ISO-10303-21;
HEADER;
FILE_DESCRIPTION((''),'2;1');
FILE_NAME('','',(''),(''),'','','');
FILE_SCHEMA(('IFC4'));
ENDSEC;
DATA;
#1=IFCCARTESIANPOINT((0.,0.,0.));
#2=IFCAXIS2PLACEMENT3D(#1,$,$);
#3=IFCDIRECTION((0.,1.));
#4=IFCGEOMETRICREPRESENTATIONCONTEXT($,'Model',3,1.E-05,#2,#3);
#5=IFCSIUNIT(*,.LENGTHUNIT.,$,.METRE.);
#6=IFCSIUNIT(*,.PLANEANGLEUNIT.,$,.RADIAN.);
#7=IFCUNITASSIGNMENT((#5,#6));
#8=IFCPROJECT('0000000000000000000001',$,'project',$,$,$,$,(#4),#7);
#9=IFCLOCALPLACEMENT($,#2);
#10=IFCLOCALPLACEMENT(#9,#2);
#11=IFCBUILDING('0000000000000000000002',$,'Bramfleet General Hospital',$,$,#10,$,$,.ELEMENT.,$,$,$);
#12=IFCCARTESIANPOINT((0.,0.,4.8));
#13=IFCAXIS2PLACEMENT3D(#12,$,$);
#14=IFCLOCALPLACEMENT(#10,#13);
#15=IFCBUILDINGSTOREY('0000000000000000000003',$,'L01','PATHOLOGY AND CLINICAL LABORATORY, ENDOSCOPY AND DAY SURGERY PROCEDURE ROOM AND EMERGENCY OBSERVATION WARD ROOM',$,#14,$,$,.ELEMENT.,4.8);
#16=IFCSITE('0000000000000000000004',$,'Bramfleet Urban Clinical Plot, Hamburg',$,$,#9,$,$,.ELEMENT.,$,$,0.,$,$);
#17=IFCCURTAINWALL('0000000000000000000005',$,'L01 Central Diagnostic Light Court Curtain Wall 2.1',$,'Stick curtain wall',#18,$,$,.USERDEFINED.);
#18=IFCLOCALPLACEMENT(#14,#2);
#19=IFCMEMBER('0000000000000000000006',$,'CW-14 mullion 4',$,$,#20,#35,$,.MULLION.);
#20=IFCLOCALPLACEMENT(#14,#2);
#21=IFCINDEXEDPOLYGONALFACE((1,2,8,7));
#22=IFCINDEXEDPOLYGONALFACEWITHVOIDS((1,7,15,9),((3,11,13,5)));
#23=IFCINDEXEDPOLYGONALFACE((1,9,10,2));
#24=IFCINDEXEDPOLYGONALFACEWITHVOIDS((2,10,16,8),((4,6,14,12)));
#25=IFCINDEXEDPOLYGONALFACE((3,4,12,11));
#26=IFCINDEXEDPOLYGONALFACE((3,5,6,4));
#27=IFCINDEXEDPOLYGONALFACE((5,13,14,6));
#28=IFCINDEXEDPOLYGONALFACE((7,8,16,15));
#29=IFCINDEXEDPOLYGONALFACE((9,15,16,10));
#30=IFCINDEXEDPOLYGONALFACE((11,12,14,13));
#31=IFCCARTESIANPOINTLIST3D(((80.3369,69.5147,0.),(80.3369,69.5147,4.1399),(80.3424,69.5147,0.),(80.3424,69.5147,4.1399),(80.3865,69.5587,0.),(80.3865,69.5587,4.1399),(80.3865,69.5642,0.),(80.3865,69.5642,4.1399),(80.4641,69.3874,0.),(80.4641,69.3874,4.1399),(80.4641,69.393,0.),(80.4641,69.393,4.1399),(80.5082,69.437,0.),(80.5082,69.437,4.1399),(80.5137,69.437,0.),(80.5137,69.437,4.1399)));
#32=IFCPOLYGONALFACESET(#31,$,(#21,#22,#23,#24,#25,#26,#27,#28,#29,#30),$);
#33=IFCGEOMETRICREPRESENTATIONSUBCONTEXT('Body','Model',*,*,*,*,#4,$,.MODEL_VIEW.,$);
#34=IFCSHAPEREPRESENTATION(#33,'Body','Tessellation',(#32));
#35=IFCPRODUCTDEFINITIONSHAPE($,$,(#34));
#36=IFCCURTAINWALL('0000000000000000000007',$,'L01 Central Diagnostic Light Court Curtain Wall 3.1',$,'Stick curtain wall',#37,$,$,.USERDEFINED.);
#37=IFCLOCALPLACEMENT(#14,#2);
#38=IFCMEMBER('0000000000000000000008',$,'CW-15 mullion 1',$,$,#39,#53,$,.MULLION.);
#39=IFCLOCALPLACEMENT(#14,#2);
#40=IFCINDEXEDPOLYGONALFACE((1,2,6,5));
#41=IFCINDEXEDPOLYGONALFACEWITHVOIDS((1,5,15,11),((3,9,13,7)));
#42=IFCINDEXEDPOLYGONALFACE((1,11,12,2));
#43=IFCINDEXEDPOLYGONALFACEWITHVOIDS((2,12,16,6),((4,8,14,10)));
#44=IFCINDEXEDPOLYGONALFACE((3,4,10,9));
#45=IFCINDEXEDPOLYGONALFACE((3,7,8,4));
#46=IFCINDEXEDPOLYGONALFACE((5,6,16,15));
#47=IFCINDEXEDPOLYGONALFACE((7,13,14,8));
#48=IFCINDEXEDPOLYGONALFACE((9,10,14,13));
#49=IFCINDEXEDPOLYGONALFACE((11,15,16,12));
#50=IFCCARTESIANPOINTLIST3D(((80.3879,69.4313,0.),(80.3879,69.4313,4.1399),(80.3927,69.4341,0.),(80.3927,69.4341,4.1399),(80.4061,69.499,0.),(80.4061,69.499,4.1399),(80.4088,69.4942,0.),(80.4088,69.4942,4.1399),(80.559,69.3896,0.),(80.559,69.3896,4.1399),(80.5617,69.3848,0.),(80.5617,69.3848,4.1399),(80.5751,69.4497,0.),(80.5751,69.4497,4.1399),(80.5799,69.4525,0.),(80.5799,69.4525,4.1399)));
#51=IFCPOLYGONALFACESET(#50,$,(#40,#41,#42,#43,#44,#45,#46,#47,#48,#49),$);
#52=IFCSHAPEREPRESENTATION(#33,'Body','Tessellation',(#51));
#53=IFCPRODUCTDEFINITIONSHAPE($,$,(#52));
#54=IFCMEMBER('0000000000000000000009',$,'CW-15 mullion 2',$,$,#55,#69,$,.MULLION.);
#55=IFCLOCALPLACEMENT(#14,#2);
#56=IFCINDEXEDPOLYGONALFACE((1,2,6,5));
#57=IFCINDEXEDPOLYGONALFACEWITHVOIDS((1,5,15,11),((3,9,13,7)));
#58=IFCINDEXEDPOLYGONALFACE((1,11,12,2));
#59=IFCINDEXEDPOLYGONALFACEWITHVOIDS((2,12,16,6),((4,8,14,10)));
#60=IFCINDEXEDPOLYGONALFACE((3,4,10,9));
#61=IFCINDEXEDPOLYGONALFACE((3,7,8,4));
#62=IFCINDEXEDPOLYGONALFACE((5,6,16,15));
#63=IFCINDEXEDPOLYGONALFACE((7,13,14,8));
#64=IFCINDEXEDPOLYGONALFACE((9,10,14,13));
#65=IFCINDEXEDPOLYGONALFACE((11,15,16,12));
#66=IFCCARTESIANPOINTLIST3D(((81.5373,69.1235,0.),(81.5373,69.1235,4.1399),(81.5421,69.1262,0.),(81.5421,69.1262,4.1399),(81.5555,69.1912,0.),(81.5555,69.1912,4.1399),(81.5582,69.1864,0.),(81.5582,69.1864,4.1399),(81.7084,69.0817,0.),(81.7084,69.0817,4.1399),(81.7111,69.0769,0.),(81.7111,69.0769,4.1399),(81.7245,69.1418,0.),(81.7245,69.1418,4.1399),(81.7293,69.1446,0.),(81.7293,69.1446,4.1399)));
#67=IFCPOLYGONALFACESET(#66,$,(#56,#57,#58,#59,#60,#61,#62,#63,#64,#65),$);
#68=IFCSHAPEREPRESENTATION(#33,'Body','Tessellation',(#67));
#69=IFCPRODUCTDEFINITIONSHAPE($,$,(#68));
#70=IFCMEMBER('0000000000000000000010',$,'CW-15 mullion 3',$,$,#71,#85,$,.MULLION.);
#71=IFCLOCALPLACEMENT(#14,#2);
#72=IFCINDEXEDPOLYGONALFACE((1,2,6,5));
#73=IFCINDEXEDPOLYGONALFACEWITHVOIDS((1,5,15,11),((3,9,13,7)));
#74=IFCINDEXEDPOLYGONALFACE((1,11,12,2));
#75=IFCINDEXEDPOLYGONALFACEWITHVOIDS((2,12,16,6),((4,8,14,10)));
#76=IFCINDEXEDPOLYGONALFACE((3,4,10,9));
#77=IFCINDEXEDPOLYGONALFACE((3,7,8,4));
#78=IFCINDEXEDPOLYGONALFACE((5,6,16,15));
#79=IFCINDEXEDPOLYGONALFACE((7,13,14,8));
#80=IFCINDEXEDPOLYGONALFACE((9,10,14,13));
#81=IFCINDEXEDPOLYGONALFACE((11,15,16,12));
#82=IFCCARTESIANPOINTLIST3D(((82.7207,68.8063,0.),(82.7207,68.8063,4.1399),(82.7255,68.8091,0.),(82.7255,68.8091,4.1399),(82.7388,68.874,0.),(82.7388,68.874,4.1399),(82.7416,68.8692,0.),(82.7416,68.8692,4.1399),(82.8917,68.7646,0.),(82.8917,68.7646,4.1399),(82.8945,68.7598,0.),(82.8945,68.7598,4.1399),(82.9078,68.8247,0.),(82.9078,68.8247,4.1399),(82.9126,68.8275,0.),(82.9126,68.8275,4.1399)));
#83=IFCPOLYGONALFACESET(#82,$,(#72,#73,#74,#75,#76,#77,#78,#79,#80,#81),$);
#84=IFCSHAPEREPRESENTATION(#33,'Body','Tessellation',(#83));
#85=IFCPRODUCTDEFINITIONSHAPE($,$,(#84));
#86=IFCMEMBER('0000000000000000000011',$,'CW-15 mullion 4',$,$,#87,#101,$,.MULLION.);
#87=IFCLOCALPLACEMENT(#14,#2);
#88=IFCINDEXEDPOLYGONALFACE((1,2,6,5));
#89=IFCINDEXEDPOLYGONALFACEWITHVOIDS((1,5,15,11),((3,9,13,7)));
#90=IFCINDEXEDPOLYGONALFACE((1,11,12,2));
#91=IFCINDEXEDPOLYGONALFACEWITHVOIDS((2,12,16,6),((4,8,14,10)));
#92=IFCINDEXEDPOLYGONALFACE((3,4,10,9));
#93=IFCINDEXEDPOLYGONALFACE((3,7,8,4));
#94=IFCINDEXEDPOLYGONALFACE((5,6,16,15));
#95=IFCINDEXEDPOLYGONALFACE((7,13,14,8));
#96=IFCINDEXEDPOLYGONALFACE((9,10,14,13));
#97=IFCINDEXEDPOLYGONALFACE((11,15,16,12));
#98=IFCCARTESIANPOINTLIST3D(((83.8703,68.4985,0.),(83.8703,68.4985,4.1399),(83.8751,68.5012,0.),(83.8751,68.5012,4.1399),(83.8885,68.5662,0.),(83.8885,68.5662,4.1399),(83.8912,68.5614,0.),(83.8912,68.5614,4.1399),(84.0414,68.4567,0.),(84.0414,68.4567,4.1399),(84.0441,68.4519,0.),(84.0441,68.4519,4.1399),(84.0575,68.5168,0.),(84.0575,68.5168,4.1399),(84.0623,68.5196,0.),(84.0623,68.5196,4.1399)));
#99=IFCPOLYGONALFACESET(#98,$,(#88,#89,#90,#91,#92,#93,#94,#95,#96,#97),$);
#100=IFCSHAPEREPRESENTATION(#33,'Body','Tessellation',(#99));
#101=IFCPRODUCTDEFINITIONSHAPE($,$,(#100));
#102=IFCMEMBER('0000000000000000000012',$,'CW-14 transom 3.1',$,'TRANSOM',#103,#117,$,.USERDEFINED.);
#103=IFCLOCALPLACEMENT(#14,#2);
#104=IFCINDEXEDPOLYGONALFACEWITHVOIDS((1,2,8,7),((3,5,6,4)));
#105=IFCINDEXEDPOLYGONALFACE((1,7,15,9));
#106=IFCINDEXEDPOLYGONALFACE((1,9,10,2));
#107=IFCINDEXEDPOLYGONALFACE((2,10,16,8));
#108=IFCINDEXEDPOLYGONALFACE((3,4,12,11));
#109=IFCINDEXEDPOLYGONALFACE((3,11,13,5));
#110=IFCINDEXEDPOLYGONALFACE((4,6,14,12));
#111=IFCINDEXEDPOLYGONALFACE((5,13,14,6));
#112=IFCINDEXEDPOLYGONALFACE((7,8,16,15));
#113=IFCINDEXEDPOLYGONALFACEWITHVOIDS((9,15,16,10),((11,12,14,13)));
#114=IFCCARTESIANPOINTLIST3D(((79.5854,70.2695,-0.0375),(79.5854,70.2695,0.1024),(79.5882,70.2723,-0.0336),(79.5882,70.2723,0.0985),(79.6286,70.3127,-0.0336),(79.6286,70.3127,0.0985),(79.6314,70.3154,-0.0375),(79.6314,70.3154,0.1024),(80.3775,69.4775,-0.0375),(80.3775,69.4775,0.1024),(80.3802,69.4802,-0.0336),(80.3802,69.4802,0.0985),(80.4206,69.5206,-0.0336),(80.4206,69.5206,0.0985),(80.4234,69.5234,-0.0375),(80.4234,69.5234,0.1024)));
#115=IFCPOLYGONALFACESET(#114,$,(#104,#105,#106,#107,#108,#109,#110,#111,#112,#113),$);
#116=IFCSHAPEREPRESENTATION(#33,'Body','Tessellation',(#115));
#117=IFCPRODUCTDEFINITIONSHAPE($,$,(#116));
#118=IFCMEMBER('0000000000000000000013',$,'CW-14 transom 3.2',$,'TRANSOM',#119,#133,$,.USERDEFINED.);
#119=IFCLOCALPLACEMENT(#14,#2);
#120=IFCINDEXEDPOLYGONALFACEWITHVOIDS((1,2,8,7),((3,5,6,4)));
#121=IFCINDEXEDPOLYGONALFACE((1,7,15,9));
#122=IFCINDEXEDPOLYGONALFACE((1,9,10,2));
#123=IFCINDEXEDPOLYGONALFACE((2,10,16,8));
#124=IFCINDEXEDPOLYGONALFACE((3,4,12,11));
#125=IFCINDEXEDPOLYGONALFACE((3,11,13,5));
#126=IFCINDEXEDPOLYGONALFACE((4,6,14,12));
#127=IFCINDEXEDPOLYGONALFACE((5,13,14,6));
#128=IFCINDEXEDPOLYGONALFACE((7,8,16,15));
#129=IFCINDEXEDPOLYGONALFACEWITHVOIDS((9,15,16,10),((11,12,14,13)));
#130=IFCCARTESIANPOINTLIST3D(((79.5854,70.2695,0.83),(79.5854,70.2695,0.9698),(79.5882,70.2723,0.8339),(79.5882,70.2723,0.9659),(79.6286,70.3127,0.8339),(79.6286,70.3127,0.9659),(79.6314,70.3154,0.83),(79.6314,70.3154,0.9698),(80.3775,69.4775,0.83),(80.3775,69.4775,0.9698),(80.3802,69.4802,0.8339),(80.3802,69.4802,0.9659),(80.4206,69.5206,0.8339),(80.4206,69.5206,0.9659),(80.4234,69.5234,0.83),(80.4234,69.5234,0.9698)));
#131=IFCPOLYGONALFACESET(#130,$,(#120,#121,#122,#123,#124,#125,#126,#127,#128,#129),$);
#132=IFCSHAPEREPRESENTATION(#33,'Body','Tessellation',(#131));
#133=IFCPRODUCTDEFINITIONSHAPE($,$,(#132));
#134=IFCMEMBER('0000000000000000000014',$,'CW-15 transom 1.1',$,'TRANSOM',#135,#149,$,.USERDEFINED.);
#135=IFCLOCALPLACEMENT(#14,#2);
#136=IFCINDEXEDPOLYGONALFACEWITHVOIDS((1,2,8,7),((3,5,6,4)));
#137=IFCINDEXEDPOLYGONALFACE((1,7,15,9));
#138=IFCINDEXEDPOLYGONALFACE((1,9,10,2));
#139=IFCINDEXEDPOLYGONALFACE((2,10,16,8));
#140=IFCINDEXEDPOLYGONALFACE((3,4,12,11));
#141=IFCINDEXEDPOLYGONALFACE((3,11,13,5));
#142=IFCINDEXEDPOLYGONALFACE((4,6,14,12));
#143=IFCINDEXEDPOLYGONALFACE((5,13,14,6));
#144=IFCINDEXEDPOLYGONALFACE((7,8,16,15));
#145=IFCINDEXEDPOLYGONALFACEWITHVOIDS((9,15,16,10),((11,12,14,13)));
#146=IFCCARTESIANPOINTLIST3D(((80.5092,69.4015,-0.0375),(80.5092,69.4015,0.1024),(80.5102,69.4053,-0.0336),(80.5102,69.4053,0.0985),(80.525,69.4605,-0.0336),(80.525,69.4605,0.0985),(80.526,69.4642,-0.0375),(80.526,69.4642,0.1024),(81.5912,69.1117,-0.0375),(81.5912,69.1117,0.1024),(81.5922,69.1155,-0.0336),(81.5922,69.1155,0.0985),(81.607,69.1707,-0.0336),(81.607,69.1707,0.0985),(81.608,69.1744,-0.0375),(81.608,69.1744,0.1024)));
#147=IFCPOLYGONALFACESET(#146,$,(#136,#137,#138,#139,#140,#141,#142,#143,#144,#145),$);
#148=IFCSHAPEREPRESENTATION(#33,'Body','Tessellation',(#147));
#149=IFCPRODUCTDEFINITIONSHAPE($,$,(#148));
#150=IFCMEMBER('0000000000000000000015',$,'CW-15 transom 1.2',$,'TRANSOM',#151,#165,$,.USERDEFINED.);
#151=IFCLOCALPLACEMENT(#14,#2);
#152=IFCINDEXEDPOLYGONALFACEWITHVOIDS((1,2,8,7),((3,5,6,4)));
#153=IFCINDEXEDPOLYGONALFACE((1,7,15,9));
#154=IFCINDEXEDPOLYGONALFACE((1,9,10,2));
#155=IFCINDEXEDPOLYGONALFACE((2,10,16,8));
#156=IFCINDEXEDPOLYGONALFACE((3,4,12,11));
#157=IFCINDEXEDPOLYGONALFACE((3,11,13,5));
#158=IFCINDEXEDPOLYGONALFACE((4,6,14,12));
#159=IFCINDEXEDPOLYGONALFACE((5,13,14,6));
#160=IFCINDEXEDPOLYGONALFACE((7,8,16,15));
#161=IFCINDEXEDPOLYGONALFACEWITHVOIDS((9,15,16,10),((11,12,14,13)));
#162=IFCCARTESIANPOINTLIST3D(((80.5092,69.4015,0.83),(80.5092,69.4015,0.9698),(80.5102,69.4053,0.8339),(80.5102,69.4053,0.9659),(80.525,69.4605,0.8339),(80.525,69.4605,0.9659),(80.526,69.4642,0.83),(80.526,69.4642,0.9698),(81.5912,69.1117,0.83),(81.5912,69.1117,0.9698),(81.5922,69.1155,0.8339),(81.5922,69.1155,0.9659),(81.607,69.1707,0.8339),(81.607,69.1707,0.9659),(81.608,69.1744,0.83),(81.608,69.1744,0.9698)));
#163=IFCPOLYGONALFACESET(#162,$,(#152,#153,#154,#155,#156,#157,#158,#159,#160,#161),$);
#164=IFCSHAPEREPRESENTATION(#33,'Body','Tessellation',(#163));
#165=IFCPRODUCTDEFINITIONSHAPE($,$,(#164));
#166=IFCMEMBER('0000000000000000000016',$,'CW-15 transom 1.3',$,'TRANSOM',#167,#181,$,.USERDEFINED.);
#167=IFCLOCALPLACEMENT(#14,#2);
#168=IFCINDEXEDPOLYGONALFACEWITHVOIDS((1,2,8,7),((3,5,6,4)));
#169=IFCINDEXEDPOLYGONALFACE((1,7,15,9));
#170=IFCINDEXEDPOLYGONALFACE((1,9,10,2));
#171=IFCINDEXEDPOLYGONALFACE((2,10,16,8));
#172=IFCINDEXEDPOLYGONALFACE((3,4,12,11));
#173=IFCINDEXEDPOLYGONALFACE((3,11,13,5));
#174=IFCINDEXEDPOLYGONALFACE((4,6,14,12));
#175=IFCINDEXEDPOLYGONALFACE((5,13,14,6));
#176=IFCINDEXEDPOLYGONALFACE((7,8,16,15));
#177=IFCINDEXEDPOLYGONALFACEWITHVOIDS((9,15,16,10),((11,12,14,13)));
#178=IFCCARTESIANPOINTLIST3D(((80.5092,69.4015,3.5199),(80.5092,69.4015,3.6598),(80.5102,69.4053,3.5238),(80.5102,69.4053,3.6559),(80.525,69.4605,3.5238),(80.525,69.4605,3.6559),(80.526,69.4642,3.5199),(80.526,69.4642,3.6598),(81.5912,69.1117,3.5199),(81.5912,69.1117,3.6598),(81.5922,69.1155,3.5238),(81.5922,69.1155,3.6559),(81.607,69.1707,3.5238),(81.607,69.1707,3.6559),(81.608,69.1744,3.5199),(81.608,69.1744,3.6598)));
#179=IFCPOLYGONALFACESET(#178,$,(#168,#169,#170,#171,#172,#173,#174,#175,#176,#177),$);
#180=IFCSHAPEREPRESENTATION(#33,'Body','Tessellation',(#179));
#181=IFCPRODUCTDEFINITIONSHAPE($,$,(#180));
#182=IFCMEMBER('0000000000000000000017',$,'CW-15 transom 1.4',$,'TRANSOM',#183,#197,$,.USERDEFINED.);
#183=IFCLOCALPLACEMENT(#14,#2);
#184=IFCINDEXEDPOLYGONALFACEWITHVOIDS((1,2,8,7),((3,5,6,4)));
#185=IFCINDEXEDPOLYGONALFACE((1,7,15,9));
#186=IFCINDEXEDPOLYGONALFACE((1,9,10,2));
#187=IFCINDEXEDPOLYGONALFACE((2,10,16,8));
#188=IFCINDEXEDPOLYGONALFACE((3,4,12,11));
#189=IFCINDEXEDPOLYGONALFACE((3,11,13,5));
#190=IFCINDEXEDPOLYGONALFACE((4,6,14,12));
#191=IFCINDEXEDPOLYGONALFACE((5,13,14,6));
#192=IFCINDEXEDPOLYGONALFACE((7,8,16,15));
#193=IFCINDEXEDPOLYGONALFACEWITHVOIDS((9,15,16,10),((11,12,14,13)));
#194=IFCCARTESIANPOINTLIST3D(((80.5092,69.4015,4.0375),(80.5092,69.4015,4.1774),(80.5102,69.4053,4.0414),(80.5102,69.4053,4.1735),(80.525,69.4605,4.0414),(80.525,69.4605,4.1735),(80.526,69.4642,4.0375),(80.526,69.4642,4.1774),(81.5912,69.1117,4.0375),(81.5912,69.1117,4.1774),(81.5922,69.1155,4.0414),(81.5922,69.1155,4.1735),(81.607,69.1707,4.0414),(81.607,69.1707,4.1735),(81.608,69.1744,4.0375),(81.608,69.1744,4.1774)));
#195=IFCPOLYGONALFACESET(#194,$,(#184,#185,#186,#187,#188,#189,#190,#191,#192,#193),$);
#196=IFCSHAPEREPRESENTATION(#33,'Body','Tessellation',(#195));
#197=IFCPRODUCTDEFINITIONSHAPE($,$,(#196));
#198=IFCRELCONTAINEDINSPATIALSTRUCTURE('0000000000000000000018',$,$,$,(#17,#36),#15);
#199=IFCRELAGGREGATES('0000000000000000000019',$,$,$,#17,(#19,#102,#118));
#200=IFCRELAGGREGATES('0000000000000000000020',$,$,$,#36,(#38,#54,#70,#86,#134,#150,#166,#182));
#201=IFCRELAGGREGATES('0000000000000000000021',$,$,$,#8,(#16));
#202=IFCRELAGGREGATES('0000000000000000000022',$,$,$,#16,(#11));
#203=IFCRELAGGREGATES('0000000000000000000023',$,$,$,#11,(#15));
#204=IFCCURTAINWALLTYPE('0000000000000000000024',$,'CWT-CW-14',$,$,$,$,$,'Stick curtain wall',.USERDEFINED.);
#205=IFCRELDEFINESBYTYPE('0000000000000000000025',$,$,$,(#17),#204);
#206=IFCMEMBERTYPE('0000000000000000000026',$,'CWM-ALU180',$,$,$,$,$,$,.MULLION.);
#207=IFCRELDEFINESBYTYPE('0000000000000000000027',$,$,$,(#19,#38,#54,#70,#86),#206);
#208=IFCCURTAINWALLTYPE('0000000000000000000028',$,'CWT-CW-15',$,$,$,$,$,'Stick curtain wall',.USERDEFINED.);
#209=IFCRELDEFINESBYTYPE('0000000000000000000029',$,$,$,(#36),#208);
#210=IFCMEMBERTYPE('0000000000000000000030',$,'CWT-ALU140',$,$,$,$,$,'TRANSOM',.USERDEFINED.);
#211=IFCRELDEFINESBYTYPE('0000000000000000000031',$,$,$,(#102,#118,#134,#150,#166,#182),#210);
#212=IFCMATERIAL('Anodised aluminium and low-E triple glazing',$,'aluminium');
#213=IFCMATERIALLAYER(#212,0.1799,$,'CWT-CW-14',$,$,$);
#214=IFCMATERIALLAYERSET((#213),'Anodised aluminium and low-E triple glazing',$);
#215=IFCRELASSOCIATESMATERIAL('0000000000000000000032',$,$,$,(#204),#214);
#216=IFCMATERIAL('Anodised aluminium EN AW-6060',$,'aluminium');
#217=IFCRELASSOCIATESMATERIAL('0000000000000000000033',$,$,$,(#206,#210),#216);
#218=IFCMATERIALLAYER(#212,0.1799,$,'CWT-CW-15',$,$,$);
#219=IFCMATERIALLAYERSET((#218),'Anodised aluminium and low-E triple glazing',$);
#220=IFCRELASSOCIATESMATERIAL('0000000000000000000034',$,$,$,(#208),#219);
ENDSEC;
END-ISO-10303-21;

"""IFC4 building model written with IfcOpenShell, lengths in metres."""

from ifc_helpers import new_model, si_unit, direction, frame, origin, origin_2d, place, context, subcontext, project, spatial, hollow_rectangle, extrude, material, layer, layer_set, material_profile, profile_set, type_object, element, aggregate, save


model = new_model("IFC4")

# Units and contexts
model_context = context("Model", 3, precision=1e-05, world=origin(), true_north=direction((0.0, 1.0)))
body_context = subcontext(model_context, "Body", "Model", "MODEL_VIEW")
ifc_project = project(units=[si_unit("LENGTHUNIT", "METRE"), si_unit("PLANEANGLEUNIT", "RADIAN")], contexts=[model_context])

# Site, building, storey
site_placement = place(None, origin())
site = spatial("IfcSite", under=ifc_project, at=site_placement, Name="Bramfleet Urban Clinical Plot, Hamburg", CompositionType="ELEMENT", RefElevation=0.0)
building_placement = place(site_placement, origin())
building = spatial("IfcBuilding", under=site, at=building_placement, Name="Bramfleet General Hospital", CompositionType="ELEMENT")
storey_placement = place(building_placement, frame((0.0, 0.0, 4.8)))
storey = spatial("IfcBuildingStorey", under=building, at=storey_placement, Name="L01", Description="PATHOLOGY AND CLINICAL LABORATORY, ENDOSCOPY AND DAY SURGERY PROCEDURE ROOM AND EMERGENCY OBSERVATION WARD ROOM", CompositionType="ELEMENT", Elevation=4.8)

# Curtain wall, member
ifc_material_1 = material(Name="Anodised aluminium and low-E triple glazing", Category="aluminium")
ifc_layer_1 = layer(ifc_material_1, 0.1799, Name="CWT-CW-14")
ifc_layer_set_1 = layer_set([ifc_layer_1], Name="Anodised aluminium and low-E triple glazing")
curtain_wall_type_1 = type_object("IfcCurtainWallType", Name="CWT-CW-14", ElementType="Stick curtain wall", PredefinedType="USERDEFINED", material=ifc_layer_set_1)
curtain_wall_1_placement = place(storey_placement, origin())
curtain_wall_1 = element("IfcCurtainWall", 1, at=curtain_wall_1_placement, inside=storey, type_object=curtain_wall_type_1, Name="L01 Central Diagnostic Light Court Curtain Wall 2.1", ObjectType="Stick curtain wall", PredefinedType="USERDEFINED")
ifc_material_2 = material(Name="Anodised aluminium EN AW-6060", Category="aluminium")
ifc_material_profile_1 = material_profile(ifc_material_2, hollow_rectangle(XDim=0.0701, YDim=0.1799, WallThickness=0.0039, at=origin_2d()), Name="ALU 180x70x4.0")
ifc_profile_set_1 = profile_set([ifc_material_profile_1], Name="Anodised aluminium EN AW-6060")
member_type_1 = type_object("IfcMemberType", Name="CWM-ALU180", PredefinedType="MULLION", material=ifc_profile_set_1)
member_1_placement = place(storey_placement, frame((80.4253, 69.4758, 0.0), z_axis=(0.0, 0.0, 1.0), x_axis=(0.707107, 0.707107, 0.0)))
member_1 = element("IfcMember", 2, at=member_1_placement, type_object=member_type_1, Name="CW-14 mullion 4", PredefinedType="MULLION", context=body_context, shape_type="SweptSolid", body=[
    extrude(hollow_rectangle(XDim=0.0701, YDim=0.1799, WallThickness=0.0039, at=origin_2d()), origin(), (0.0, 0.0, 1.0), 4.1399),
])

# Curtain wall, members
ifc_layer_2 = layer(ifc_material_1, 0.1799, Name="CWT-CW-15")
ifc_layer_set_2 = layer_set([ifc_layer_2], Name="Anodised aluminium and low-E triple glazing")
curtain_wall_type_2 = type_object("IfcCurtainWallType", Name="CWT-CW-15", ElementType="Stick curtain wall", PredefinedType="USERDEFINED", material=ifc_layer_set_2)
curtain_wall_2_placement = place(storey_placement, origin())
curtain_wall_2 = element("IfcCurtainWall", 3, at=curtain_wall_2_placement, inside=storey, type_object=curtain_wall_type_2, Name="L01 Central Diagnostic Light Court Curtain Wall 3.1", ObjectType="Stick curtain wall", PredefinedType="USERDEFINED")
member_2_placement = place(storey_placement, frame((80.4839, 69.4419, 0.0), z_axis=(0.0, 0.0, 1.0), x_axis=(0.258763, 0.965941, 0.0)))
member_2 = element("IfcMember", 4, at=member_2_placement, type_object=member_type_1, Name="CW-15 mullion 1", PredefinedType="MULLION", context=body_context, shape_type="SweptSolid", body=[
    extrude(hollow_rectangle(XDim=0.0701, YDim=0.1799, WallThickness=0.0039, at=origin_2d()), origin(), (0.0, 0.0, 1.0), 4.1399),
])
member_3_placement = place(storey_placement, frame((81.6333, 69.134, 0.0), z_axis=(0.0, 0.0, 1.0), x_axis=(0.258763, 0.965941, 0.0)))
member_3 = element("IfcMember", 5, at=member_3_placement, type_object=member_type_1, Name="CW-15 mullion 2", PredefinedType="MULLION", context=body_context, shape_type="SweptSolid", body=[
    extrude(hollow_rectangle(XDim=0.0701, YDim=0.1799, WallThickness=0.0039, at=origin_2d()), origin(), (0.0, 0.0, 1.0), 4.1399),
])
member_4_placement = place(storey_placement, frame((82.8167, 68.8169, 0.0), z_axis=(0.0, 0.0, 1.0), x_axis=(0.258763, 0.965941, 0.0)))
member_4 = element("IfcMember", 6, at=member_4_placement, type_object=member_type_1, Name="CW-15 mullion 3", PredefinedType="MULLION", context=body_context, shape_type="SweptSolid", body=[
    extrude(hollow_rectangle(XDim=0.0701, YDim=0.1799, WallThickness=0.0039, at=origin_2d()), origin(), (0.0, 0.0, 1.0), 4.1399),
])
member_5_placement = place(storey_placement, frame((83.9663, 68.509, 0.0), z_axis=(0.0, 0.0, 1.0), x_axis=(0.258763, 0.965941, 0.0)))
member_5 = element("IfcMember", 7, at=member_5_placement, type_object=member_type_1, Name="CW-15 mullion 4", PredefinedType="MULLION", context=body_context, shape_type="SweptSolid", body=[
    extrude(hollow_rectangle(XDim=0.0701, YDim=0.1799, WallThickness=0.0039, at=origin_2d()), origin(), (0.0, 0.0, 1.0), 4.1399),
])

# Members
ifc_material_profile_2 = material_profile(ifc_material_2, hollow_rectangle(XDim=0.0649, YDim=0.1399, WallThickness=0.0039, at=origin_2d()), Name="ALU 140x65x4.0")
ifc_profile_set_2 = profile_set([ifc_material_profile_2], Name="Anodised aluminium EN AW-6060")
member_type_2 = type_object("IfcMemberType", Name="CWT-ALU140", ElementType="TRANSOM", PredefinedType="USERDEFINED", material=ifc_profile_set_2)
member_6_placement = place(storey_placement, frame((79.6084, 70.2925, 0.0325), z_axis=(0.707107, -0.707107, 0.0), x_axis=(0.707107, 0.707107, 0.0)))
member_6 = element("IfcMember", 8, at=member_6_placement, type_object=member_type_2, Name="CW-14 transom 3.1", ObjectType="TRANSOM", PredefinedType="USERDEFINED", context=body_context, shape_type="SweptSolid", body=[
    extrude(hollow_rectangle(XDim=0.0649, YDim=0.1399, WallThickness=0.0039, at=origin_2d()), origin(), (0.0, 0.0, 1.0), 1.1201),
])
member_7_placement = place(storey_placement, frame((79.6084, 70.2925, 0.8999), z_axis=(0.707107, -0.707107, 0.0), x_axis=(0.707107, 0.707107, 0.0)))
member_7 = element("IfcMember", 9, at=member_7_placement, type_object=member_type_2, Name="CW-14 transom 3.2", ObjectType="TRANSOM", PredefinedType="USERDEFINED", context=body_context, shape_type="SweptSolid", body=[
    extrude(hollow_rectangle(XDim=0.0649, YDim=0.1399, WallThickness=0.0039, at=origin_2d()), origin(), (0.0, 0.0, 1.0), 1.1201),
])
member_8_placement = place(storey_placement, frame((80.5176, 69.4329, 0.0325), z_axis=(0.965956, -0.258707, 0.0), x_axis=(0.258707, 0.965956, 0.0)))
member_8 = element("IfcMember", 10, at=member_8_placement, type_object=member_type_2, Name="CW-15 transom 1.1", ObjectType="TRANSOM", PredefinedType="USERDEFINED", context=body_context, shape_type="SweptSolid", body=[
    extrude(hollow_rectangle(XDim=0.0649, YDim=0.1399, WallThickness=0.0039, at=origin_2d()), origin(), (0.0, 0.0, 1.0), 1.1201),
])
member_9_placement = place(storey_placement, frame((80.5176, 69.4329, 0.8999), z_axis=(0.965956, -0.258707, 0.0), x_axis=(0.258707, 0.965956, 0.0)))
member_9 = element("IfcMember", 11, at=member_9_placement, type_object=member_type_2, Name="CW-15 transom 1.2", ObjectType="TRANSOM", PredefinedType="USERDEFINED", context=body_context, shape_type="SweptSolid", body=[
    extrude(hollow_rectangle(XDim=0.0649, YDim=0.1399, WallThickness=0.0039, at=origin_2d()), origin(), (0.0, 0.0, 1.0), 1.1201),
])
member_10_placement = place(storey_placement, frame((80.5176, 69.4329, 3.5898), z_axis=(0.965956, -0.258707, 0.0), x_axis=(0.258707, 0.965956, 0.0)))
member_10 = element("IfcMember", 12, at=member_10_placement, type_object=member_type_2, Name="CW-15 transom 1.3", ObjectType="TRANSOM", PredefinedType="USERDEFINED", context=body_context, shape_type="SweptSolid", body=[
    extrude(hollow_rectangle(XDim=0.0649, YDim=0.1399, WallThickness=0.0039, at=origin_2d()), origin(), (0.0, 0.0, 1.0), 1.1201),
])
member_11_placement = place(storey_placement, frame((80.5176, 69.4329, 4.1074), z_axis=(0.965956, -0.258707, 0.0), x_axis=(0.258707, 0.965956, 0.0)))
member_11 = element("IfcMember", 13, at=member_11_placement, type_object=member_type_2, Name="CW-15 transom 1.4", ObjectType="TRANSOM", PredefinedType="USERDEFINED", context=body_context, shape_type="SweptSolid", body=[
    extrude(hollow_rectangle(XDim=0.0649, YDim=0.1399, WallThickness=0.0039, at=origin_2d()), origin(), (0.0, 0.0, 1.0), 1.1201),
])

aggregate(curtain_wall_1, [member_1, member_6, member_7])
aggregate(curtain_wall_2, [member_2, member_3, member_4, member_5, member_8, member_9, member_10, member_11])

save(model, "model.ifc")
